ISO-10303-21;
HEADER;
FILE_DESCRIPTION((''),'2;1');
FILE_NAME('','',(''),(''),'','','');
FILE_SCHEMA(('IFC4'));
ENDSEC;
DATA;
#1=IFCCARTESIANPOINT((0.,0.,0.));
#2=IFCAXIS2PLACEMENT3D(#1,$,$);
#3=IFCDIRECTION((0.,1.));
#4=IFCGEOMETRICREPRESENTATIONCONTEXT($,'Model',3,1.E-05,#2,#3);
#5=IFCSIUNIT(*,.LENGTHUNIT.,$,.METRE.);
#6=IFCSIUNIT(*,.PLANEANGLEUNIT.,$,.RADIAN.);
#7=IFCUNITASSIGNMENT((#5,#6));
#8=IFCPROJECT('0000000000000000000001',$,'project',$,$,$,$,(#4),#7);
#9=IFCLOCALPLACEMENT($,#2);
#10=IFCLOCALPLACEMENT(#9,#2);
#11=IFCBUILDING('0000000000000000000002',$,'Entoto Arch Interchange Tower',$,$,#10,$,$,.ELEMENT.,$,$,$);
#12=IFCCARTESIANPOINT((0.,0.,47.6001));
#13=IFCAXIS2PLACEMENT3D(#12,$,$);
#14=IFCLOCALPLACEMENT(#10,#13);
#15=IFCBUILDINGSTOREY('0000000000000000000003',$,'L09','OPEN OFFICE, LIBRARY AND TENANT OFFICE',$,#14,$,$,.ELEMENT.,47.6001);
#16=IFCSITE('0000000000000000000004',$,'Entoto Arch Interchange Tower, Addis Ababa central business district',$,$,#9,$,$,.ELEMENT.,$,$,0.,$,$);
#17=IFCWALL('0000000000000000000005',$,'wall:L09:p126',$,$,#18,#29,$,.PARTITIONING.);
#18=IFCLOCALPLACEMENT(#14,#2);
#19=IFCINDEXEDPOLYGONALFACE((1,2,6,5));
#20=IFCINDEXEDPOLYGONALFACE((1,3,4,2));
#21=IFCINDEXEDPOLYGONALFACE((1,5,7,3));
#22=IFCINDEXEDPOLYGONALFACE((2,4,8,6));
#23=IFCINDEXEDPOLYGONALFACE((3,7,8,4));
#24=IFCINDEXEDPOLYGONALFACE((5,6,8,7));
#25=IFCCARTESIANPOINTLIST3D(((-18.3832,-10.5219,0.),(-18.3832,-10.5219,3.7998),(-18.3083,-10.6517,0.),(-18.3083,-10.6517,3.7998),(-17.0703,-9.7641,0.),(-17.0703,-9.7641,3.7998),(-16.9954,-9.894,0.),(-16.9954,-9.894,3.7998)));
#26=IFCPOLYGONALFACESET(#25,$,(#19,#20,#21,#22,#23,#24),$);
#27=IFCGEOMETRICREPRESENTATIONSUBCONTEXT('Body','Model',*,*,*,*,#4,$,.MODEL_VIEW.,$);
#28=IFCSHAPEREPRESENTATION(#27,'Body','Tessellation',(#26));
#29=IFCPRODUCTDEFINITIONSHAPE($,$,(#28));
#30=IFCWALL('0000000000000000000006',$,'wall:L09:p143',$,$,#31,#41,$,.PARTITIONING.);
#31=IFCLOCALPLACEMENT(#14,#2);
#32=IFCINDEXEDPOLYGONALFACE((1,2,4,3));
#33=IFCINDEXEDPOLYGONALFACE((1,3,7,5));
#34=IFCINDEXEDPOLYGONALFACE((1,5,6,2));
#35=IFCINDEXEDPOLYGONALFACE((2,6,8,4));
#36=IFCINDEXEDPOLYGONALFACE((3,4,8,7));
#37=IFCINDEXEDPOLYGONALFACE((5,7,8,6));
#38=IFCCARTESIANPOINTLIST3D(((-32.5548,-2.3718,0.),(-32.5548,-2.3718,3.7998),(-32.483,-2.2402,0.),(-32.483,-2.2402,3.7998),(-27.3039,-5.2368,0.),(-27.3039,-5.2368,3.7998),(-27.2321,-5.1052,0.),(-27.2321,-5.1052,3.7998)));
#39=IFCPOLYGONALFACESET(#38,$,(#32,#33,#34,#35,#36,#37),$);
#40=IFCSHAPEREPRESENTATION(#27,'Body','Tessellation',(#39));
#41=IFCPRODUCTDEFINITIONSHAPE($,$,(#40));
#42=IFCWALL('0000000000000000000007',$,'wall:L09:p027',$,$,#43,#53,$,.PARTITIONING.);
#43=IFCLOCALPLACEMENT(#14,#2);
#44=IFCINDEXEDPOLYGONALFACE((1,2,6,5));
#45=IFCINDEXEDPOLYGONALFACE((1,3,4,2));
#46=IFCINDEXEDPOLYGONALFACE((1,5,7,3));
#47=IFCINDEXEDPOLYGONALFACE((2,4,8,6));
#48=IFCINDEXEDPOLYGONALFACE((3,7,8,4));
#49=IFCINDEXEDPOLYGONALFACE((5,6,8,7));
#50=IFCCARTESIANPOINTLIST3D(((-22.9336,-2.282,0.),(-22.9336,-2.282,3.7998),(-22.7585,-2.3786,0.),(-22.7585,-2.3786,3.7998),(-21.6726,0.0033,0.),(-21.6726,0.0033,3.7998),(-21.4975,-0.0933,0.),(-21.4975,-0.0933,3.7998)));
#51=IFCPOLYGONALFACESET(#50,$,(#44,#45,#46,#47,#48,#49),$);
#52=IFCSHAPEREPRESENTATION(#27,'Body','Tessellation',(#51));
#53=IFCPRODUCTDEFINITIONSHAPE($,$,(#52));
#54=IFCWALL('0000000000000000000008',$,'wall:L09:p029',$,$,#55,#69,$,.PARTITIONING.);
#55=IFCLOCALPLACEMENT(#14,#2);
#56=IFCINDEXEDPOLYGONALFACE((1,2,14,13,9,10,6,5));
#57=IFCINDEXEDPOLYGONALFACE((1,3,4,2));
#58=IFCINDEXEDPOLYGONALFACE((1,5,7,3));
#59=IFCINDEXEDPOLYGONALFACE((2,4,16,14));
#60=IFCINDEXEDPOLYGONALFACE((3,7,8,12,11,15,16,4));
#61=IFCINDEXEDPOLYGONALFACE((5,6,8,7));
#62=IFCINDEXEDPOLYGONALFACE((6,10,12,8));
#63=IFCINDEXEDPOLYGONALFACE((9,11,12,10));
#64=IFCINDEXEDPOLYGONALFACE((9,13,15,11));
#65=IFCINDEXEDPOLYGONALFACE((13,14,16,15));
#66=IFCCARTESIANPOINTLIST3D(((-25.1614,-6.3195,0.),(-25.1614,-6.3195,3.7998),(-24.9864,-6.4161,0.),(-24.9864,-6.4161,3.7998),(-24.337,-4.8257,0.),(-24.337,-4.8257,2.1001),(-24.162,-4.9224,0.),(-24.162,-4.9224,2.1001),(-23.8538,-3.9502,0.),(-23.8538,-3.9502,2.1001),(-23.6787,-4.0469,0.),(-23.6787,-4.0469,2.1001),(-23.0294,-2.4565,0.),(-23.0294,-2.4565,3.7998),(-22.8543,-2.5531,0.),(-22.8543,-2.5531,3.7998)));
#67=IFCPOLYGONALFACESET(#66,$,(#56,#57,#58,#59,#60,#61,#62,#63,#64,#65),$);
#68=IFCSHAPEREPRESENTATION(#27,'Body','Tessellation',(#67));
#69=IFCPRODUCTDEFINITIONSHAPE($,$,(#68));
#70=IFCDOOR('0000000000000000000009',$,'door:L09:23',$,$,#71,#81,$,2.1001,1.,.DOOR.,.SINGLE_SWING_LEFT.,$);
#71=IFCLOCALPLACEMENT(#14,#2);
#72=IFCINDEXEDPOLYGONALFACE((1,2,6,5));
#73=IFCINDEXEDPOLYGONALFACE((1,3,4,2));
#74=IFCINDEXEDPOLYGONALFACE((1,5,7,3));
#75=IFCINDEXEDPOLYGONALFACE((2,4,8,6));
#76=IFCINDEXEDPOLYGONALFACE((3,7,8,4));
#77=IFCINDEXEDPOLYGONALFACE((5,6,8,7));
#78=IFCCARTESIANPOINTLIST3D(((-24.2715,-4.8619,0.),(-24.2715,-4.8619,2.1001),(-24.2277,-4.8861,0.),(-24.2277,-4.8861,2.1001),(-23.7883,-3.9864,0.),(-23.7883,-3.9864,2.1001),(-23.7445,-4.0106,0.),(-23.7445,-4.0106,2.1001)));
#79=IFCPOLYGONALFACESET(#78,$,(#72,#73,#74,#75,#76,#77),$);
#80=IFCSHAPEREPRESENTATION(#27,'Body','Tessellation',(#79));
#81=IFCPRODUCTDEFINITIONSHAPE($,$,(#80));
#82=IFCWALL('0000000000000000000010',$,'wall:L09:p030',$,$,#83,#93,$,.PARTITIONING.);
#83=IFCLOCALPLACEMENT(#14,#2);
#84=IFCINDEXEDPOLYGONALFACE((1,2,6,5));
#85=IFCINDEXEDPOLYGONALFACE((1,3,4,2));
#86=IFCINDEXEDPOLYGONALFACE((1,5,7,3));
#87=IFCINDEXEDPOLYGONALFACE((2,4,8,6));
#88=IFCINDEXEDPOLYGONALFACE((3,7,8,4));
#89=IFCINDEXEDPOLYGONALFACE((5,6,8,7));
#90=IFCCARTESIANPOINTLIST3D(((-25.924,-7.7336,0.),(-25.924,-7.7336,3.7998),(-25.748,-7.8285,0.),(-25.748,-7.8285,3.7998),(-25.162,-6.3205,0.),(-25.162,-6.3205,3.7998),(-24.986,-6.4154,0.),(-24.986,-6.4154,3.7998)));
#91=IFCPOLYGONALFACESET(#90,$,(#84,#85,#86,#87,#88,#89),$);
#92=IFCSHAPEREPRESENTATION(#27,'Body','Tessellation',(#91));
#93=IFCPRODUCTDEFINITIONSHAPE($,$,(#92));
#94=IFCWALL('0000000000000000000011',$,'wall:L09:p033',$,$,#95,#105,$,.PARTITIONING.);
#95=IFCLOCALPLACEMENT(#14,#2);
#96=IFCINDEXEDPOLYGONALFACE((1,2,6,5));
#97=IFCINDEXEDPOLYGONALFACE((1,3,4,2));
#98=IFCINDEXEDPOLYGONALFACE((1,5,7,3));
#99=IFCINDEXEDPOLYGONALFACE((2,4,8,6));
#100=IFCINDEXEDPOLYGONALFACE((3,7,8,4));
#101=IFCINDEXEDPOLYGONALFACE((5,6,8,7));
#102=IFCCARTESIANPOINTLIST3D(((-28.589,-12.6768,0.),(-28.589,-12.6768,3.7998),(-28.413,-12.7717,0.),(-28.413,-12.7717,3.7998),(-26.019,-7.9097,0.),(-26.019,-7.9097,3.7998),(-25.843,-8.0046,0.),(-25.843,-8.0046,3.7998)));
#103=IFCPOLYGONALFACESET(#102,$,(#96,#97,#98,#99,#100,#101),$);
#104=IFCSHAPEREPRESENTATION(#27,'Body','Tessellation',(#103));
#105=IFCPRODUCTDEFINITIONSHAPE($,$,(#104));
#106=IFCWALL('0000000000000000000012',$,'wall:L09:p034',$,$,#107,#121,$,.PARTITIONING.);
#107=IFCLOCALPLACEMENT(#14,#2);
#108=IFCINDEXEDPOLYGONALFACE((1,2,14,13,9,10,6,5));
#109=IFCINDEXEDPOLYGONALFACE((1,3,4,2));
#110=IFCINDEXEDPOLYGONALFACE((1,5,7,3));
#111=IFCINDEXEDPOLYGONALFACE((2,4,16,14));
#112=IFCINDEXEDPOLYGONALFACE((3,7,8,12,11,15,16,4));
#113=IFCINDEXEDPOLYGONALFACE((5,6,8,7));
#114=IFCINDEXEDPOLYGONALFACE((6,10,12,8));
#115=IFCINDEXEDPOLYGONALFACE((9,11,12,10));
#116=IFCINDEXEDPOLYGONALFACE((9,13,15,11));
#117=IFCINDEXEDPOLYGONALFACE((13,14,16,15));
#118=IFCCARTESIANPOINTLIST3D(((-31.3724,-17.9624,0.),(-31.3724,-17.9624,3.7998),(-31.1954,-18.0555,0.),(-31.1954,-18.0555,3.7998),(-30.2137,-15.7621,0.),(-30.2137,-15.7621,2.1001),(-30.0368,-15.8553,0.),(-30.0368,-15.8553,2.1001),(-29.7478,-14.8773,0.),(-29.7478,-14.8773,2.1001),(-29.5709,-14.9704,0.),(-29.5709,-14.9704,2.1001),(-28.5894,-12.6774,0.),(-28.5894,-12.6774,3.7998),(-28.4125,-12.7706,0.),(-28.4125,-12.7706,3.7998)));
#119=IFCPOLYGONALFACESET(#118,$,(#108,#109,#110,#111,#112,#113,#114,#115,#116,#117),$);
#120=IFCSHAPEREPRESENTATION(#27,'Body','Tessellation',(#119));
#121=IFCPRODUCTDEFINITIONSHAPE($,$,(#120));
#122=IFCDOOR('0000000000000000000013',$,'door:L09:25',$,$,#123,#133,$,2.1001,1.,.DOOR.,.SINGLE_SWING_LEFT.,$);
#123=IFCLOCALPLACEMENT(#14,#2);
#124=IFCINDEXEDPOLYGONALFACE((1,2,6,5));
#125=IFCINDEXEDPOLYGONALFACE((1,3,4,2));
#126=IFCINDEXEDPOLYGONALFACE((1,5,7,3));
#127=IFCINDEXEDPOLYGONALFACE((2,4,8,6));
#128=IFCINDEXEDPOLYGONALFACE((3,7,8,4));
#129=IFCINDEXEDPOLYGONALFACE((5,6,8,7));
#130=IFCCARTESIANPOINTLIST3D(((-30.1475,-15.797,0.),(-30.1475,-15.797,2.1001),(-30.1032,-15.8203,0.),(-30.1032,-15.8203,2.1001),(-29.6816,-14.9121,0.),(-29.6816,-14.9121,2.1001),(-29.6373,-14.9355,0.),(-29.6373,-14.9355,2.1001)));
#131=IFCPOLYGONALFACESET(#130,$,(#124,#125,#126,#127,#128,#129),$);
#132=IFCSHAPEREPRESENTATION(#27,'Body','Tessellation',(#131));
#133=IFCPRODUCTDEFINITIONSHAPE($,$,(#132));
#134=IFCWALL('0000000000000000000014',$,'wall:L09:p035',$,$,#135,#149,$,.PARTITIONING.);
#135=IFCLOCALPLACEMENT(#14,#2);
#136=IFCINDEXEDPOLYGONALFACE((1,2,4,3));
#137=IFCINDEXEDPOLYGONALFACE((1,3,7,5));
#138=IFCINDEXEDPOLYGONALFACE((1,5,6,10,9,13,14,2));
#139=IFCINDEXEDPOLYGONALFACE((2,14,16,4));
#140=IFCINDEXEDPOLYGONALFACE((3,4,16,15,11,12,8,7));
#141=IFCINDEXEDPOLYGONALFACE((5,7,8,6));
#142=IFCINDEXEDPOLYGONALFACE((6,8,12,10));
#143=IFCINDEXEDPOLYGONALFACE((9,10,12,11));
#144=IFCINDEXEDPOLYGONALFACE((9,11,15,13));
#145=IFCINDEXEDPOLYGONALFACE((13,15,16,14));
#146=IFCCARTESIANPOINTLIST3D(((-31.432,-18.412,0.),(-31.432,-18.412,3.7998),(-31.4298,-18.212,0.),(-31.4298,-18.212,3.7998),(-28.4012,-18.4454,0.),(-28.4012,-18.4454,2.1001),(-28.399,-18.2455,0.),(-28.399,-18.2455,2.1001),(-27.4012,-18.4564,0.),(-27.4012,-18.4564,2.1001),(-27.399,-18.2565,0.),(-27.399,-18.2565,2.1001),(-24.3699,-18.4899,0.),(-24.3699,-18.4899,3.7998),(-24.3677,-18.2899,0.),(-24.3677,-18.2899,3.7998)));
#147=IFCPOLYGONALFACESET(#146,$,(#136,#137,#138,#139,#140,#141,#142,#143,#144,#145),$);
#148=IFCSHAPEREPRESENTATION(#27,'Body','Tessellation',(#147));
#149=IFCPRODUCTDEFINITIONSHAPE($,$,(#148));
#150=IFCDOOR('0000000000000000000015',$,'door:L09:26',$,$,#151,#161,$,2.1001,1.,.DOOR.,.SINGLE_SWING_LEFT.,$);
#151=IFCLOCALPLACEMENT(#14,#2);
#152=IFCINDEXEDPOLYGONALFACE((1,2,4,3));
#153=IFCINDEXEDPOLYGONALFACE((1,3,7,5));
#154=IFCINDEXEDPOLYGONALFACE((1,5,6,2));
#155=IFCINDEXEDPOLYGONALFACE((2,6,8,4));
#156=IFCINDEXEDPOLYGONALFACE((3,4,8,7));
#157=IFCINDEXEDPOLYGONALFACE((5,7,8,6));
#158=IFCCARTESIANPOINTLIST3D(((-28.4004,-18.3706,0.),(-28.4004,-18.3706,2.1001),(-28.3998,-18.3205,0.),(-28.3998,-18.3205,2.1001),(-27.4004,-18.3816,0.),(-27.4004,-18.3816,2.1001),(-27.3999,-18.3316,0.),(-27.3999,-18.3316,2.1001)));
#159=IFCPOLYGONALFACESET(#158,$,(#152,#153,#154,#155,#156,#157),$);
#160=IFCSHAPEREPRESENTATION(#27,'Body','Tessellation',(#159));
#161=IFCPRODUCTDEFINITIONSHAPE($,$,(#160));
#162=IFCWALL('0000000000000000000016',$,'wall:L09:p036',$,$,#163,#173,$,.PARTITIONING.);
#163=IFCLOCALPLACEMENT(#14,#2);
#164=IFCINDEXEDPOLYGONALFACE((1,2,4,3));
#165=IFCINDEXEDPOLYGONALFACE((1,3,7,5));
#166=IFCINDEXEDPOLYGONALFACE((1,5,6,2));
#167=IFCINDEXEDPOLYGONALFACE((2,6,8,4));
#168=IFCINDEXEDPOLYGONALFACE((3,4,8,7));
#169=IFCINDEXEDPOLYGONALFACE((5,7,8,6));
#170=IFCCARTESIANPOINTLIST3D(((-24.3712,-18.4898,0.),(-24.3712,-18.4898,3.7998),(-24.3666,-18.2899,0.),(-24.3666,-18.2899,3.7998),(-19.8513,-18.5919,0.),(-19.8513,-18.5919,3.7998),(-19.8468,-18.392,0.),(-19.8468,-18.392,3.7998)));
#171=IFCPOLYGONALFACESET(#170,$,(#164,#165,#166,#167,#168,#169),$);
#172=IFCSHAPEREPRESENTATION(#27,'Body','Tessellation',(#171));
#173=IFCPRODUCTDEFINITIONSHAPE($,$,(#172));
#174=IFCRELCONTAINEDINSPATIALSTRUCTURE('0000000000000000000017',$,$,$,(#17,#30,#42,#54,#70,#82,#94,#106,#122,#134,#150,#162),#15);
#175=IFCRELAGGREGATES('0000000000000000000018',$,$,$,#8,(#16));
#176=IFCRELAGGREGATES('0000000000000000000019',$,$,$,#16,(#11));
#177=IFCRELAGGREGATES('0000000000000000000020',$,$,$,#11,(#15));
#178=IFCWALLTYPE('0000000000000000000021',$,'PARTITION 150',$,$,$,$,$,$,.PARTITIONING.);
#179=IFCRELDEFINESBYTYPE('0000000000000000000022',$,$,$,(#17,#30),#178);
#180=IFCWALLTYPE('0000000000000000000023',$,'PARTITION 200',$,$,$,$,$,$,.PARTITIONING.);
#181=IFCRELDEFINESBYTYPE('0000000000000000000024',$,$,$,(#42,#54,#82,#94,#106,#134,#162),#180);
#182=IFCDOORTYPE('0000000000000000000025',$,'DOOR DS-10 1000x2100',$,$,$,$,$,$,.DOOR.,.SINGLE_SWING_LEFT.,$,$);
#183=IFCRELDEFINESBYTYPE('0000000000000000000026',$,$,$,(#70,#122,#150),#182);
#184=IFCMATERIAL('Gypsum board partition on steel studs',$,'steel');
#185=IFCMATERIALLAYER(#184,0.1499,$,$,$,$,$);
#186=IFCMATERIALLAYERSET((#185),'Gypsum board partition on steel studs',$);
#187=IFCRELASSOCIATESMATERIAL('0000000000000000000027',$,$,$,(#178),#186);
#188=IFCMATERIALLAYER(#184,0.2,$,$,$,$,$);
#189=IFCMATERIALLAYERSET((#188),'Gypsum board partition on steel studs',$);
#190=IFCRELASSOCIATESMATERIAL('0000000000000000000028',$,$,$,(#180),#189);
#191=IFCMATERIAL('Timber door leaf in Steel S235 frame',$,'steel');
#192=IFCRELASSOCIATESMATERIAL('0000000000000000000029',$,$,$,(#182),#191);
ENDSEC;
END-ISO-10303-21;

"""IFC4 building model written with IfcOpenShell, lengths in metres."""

from ifc_helpers import new_model, si_unit, direction, frame, frame_2d, origin, place, context, subcontext, project, spatial, rectangle, extrude, material, layer, layer_set, type_object, element, fill, save


model = new_model("IFC4")

# Units and contexts
model_context = context("Model", 3, precision=1e-05, world=origin(), true_north=direction((0.0, 1.0)))
body_context = subcontext(model_context, "Body", "Model", "MODEL_VIEW")
ifc_project = project(units=[si_unit("LENGTHUNIT", "METRE"), si_unit("PLANEANGLEUNIT", "RADIAN")], contexts=[model_context])

# Site, building, storey
site_placement = place(None, origin())
site = spatial("IfcSite", under=ifc_project, at=site_placement, Name="Entoto Arch Interchange Tower, Addis Ababa central business district", CompositionType="ELEMENT", RefElevation=0.0)
building_placement = place(site_placement, origin())
building = spatial("IfcBuilding", under=site, at=building_placement, Name="Entoto Arch Interchange Tower", CompositionType="ELEMENT")
storey_placement = place(building_placement, frame((0.0, 0.0, 47.6001)))
storey = spatial("IfcBuildingStorey", under=building, at=storey_placement, Name="L09", Description="OPEN OFFICE, LIBRARY AND TENANT OFFICE", CompositionType="ELEMENT", Elevation=47.6001)

# Walls
ifc_material_1 = material(Name="Gypsum board partition on steel studs", Category="steel")
ifc_layer_1 = layer(ifc_material_1, 0.1499)
ifc_layer_set_1 = layer_set([ifc_layer_1], Name="Gypsum board partition on steel studs")
wall_type_1 = type_object("IfcWallType", Name="PARTITION 150", PredefinedType="PARTITIONING", material=ifc_layer_set_1)
wall_1_placement = place(storey_placement, frame((-17.033, -9.8291, 0.0), z_axis=(0.0, 0.0, 1.0), x_axis=(-0.866094, -0.49988, 0.0)))
element("IfcWall", 1, at=wall_1_placement, inside=storey, type_object=wall_type_1, Name="wall:L09:p126", PredefinedType="PARTITIONING", context=body_context, shape_type="SweptSolid", body=[
    extrude(rectangle(XDim=1.5159, YDim=0.1499, at=frame_2d((0.7578, 0.0))), origin(), (0.0, 0.0, 1.0), 3.7998),
])
wall_2_placement = place(storey_placement, frame((-27.2681, -5.1709, 0.0), z_axis=(0.0, 0.0, 1.0), x_axis=(-0.877838, 0.478958, 0.0)))
element("IfcWall", 2, at=wall_2_placement, inside=storey, type_object=wall_type_1, Name="wall:L09:p143", PredefinedType="PARTITIONING", context=body_context, shape_type="SweptSolid", body=[
    extrude(rectangle(XDim=5.9817, YDim=0.1499, at=frame_2d((2.9907, 0.0))), origin(), (0.0, 0.0, 1.0), 3.7998),
])
ifc_layer_2 = layer(ifc_material_1, 0.2)
ifc_layer_set_2 = layer_set([ifc_layer_2], Name="Gypsum board partition on steel studs")
wall_type_2 = type_object("IfcWallType", Name="PARTITION 200", PredefinedType="PARTITIONING", material=ifc_layer_set_2)
wall_3_placement = place(storey_placement, frame((-21.585, -0.0449, 0.0), z_axis=(0.0, 0.0, 1.0), x_axis=(-0.483139, -0.875544, 0.0)))
element("IfcWall", 3, at=wall_3_placement, inside=storey, type_object=wall_type_2, Name="wall:L09:p027", PredefinedType="PARTITIONING", context=body_context, shape_type="SweptSolid", body=[
    extrude(rectangle(XDim=2.6101, YDim=0.2, at=frame_2d((1.3052, 0.0))), origin(), (0.0, 0.0, 1.0), 3.7998),
])

# Wall, opening, door
wall_4_placement = place(storey_placement, frame((-22.9419, -2.5049, 0.0), z_axis=(0.0, 0.0, 1.0), x_axis=(-0.483208, -0.875506, 0.0)))
wall_4 = element("IfcWall", 4, at=wall_4_placement, inside=storey, type_object=wall_type_2, Name="wall:L09:p029", PredefinedType="PARTITIONING", context=body_context, shape_type="SweptSolid", body=[
    extrude(rectangle(XDim=4.4124, YDim=0.2, at=frame_2d((2.2061, 0.0))), origin(), (0.0, 0.0, 1.0), 3.7998),
])
opening_1_placement = place(wall_4_placement, frame((1.7061, 0.0, 0.0)))
opening_1 = element("IfcOpeningElement", 5, at=opening_1_placement, cuts=wall_4, PredefinedType="OPENING", context=body_context, shape_type="SweptSolid", body=[
    extrude(rectangle(XDim=1.0, YDim=2.1001, at=frame_2d((0.5, 1.05))), frame((0.0, 0.1099, 0.0), z_axis=(0.0, -1.0, 0.0), x_axis=(1.0, 0.0, 0.0)), (0.0, 0.0, 1.0), 0.22),
])
ifc_material_2 = material(Name="Timber door leaf in Steel S235 frame", Category="steel")
door_type = type_object("IfcDoorType", Name="DOOR DS-10 1000x2100", OperationType="SINGLE_SWING_LEFT", PredefinedType="DOOR", material=ifc_material_2)
door_1_placement = place(opening_1_placement, origin())
door_1 = element("IfcDoor", 6, at=door_1_placement, inside=storey, type_object=door_type, Name="door:L09:23", OperationType="SINGLE_SWING_LEFT", OverallHeight=2.1001, OverallWidth=1.0, PredefinedType="DOOR", context=body_context, shape_type="SweptSolid", body=[
    extrude(rectangle(XDim=1.0, YDim=2.1001, at=frame_2d((0.5, 1.05))), frame((0.0, 0.0249, 0.0), z_axis=(0.0, -1.0, 0.0), x_axis=(1.0, 0.0, 0.0)), (0.0, 0.0, 1.0), 0.05),
])
fill(opening_1, door_1)

# Walls
wall_5_placement = place(storey_placement, frame((-25.074, -6.3679, 0.0), z_axis=(0.0, 0.0, 1.0), x_axis=(-0.474617, -0.880193, 0.0)))
element("IfcWall", 7, at=wall_5_placement, inside=storey, type_object=wall_type_2, Name="wall:L09:p030", PredefinedType="PARTITIONING", context=body_context, shape_type="SweptSolid", body=[
    extrude(rectangle(XDim=1.6055, YDim=0.2, at=frame_2d((0.8027, 0.0))), origin(), (0.0, 0.0, 1.0), 3.7998),
])
wall_6_placement = place(storey_placement, frame((-25.9309, -7.957, 0.0), z_axis=(0.0, 0.0, 1.0), x_axis=(-0.474554, -0.880226, 0.0)))
element("IfcWall", 8, at=wall_6_placement, inside=storey, type_object=wall_type_2, Name="wall:L09:p033", PredefinedType="PARTITIONING", context=body_context, shape_type="SweptSolid", body=[
    extrude(rectangle(XDim=5.4158, YDim=0.2, at=frame_2d((2.708, 0.0))), origin(), (0.0, 0.0, 1.0), 3.7998),
])

# Walls, openings, doors
wall_7_placement = place(storey_placement, frame((-28.501, -12.7241, 0.0), z_axis=(0.0, 0.0, 1.0), x_axis=(-0.465933, -0.88482, 0.0)))
wall_7 = element("IfcWall", 9, at=wall_7_placement, inside=storey, type_object=wall_type_2, Name="wall:L09:p034", PredefinedType="PARTITIONING", context=body_context, shape_type="SweptSolid", body=[
    extrude(rectangle(XDim=5.9729, YDim=0.2, at=frame_2d((2.9863, 0.0))), origin(), (0.0, 0.0, 1.0), 3.7998),
])
opening_2_placement = place(wall_7_placement, frame((2.4861, 0.0, 0.0)))
opening_2 = element("IfcOpeningElement", 10, at=opening_2_placement, cuts=wall_7, PredefinedType="OPENING", context=body_context, shape_type="SweptSolid", body=[
    extrude(rectangle(XDim=1.0, YDim=2.1001, at=frame_2d((0.5, 1.05))), frame((0.0, 0.1099, 0.0), z_axis=(0.0, -1.0, 0.0), x_axis=(1.0, 0.0, 0.0)), (0.0, 0.0, 1.0), 0.22),
])
door_2_placement = place(opening_2_placement, origin())
door_2 = element("IfcDoor", 11, at=door_2_placement, inside=storey, type_object=door_type, Name="door:L09:25", OperationType="SINGLE_SWING_LEFT", OverallHeight=2.1001, OverallWidth=1.0, PredefinedType="DOOR", context=body_context, shape_type="SweptSolid", body=[
    extrude(rectangle(XDim=1.0, YDim=2.1001, at=frame_2d((0.5, 1.05))), frame((0.0, 0.0249, 0.0), z_axis=(0.0, -1.0, 0.0), x_axis=(1.0, 0.0, 0.0)), (0.0, 0.0, 1.0), 0.05),
])
fill(opening_2, door_2)
wall_8_placement = place(storey_placement, frame((-31.4309, -18.312, 0.0), z_axis=(0.0, 0.0, 1.0), x_axis=(0.999939, -0.011027, 0.0)))
wall_8 = element("IfcWall", 12, at=wall_8_placement, inside=storey, type_object=wall_type_2, Name="wall:L09:p035", PredefinedType="PARTITIONING", context=body_context, shape_type="SweptSolid", body=[
    extrude(rectangle(XDim=7.0625, YDim=0.2, at=frame_2d((3.5312, 0.0))), origin(), (0.0, 0.0, 1.0), 3.7998),
])
opening_3_placement = place(wall_8_placement, frame((3.031, 0.0, 0.0)))
opening_3 = element("IfcOpeningElement", 13, at=opening_3_placement, cuts=wall_8, PredefinedType="OPENING", context=body_context, shape_type="SweptSolid", body=[
    extrude(rectangle(XDim=1.0, YDim=2.1001, at=frame_2d((0.5, 1.05))), frame((0.0, 0.1099, 0.0), z_axis=(0.0, -1.0, 0.0), x_axis=(1.0, 0.0, 0.0)), (0.0, 0.0, 1.0), 0.22),
])
door_3_placement = place(opening_3_placement, origin())
door_3 = element("IfcDoor", 14, at=door_3_placement, inside=storey, type_object=door_type, Name="door:L09:26", OperationType="SINGLE_SWING_LEFT", OverallHeight=2.1001, OverallWidth=1.0, PredefinedType="DOOR", context=body_context, shape_type="SweptSolid", body=[
    extrude(rectangle(XDim=1.0, YDim=2.1001, at=frame_2d((0.5, 1.05))), frame((0.0, 0.0249, 0.0), z_axis=(0.0, -1.0, 0.0), x_axis=(1.0, 0.0, 0.0)), (0.0, 0.0, 1.0), 0.05),
])
fill(opening_3, door_3)

# Wall
wall_9_placement = place(storey_placement, frame((-24.3689, -18.3899, 0.0), z_axis=(0.0, 0.0, 1.0), x_axis=(0.999745, -0.022573, 0.0)))
element("IfcWall", 15, at=wall_9_placement, inside=storey, type_object=wall_type_2, Name="wall:L09:p036", PredefinedType="PARTITIONING", context=body_context, shape_type="SweptSolid", body=[
    extrude(rectangle(XDim=4.521, YDim=0.2, at=frame_2d((2.2605, 0.0))), origin(), (0.0, 0.0, 1.0), 3.7998),
])

save(model, "model.ifc")
